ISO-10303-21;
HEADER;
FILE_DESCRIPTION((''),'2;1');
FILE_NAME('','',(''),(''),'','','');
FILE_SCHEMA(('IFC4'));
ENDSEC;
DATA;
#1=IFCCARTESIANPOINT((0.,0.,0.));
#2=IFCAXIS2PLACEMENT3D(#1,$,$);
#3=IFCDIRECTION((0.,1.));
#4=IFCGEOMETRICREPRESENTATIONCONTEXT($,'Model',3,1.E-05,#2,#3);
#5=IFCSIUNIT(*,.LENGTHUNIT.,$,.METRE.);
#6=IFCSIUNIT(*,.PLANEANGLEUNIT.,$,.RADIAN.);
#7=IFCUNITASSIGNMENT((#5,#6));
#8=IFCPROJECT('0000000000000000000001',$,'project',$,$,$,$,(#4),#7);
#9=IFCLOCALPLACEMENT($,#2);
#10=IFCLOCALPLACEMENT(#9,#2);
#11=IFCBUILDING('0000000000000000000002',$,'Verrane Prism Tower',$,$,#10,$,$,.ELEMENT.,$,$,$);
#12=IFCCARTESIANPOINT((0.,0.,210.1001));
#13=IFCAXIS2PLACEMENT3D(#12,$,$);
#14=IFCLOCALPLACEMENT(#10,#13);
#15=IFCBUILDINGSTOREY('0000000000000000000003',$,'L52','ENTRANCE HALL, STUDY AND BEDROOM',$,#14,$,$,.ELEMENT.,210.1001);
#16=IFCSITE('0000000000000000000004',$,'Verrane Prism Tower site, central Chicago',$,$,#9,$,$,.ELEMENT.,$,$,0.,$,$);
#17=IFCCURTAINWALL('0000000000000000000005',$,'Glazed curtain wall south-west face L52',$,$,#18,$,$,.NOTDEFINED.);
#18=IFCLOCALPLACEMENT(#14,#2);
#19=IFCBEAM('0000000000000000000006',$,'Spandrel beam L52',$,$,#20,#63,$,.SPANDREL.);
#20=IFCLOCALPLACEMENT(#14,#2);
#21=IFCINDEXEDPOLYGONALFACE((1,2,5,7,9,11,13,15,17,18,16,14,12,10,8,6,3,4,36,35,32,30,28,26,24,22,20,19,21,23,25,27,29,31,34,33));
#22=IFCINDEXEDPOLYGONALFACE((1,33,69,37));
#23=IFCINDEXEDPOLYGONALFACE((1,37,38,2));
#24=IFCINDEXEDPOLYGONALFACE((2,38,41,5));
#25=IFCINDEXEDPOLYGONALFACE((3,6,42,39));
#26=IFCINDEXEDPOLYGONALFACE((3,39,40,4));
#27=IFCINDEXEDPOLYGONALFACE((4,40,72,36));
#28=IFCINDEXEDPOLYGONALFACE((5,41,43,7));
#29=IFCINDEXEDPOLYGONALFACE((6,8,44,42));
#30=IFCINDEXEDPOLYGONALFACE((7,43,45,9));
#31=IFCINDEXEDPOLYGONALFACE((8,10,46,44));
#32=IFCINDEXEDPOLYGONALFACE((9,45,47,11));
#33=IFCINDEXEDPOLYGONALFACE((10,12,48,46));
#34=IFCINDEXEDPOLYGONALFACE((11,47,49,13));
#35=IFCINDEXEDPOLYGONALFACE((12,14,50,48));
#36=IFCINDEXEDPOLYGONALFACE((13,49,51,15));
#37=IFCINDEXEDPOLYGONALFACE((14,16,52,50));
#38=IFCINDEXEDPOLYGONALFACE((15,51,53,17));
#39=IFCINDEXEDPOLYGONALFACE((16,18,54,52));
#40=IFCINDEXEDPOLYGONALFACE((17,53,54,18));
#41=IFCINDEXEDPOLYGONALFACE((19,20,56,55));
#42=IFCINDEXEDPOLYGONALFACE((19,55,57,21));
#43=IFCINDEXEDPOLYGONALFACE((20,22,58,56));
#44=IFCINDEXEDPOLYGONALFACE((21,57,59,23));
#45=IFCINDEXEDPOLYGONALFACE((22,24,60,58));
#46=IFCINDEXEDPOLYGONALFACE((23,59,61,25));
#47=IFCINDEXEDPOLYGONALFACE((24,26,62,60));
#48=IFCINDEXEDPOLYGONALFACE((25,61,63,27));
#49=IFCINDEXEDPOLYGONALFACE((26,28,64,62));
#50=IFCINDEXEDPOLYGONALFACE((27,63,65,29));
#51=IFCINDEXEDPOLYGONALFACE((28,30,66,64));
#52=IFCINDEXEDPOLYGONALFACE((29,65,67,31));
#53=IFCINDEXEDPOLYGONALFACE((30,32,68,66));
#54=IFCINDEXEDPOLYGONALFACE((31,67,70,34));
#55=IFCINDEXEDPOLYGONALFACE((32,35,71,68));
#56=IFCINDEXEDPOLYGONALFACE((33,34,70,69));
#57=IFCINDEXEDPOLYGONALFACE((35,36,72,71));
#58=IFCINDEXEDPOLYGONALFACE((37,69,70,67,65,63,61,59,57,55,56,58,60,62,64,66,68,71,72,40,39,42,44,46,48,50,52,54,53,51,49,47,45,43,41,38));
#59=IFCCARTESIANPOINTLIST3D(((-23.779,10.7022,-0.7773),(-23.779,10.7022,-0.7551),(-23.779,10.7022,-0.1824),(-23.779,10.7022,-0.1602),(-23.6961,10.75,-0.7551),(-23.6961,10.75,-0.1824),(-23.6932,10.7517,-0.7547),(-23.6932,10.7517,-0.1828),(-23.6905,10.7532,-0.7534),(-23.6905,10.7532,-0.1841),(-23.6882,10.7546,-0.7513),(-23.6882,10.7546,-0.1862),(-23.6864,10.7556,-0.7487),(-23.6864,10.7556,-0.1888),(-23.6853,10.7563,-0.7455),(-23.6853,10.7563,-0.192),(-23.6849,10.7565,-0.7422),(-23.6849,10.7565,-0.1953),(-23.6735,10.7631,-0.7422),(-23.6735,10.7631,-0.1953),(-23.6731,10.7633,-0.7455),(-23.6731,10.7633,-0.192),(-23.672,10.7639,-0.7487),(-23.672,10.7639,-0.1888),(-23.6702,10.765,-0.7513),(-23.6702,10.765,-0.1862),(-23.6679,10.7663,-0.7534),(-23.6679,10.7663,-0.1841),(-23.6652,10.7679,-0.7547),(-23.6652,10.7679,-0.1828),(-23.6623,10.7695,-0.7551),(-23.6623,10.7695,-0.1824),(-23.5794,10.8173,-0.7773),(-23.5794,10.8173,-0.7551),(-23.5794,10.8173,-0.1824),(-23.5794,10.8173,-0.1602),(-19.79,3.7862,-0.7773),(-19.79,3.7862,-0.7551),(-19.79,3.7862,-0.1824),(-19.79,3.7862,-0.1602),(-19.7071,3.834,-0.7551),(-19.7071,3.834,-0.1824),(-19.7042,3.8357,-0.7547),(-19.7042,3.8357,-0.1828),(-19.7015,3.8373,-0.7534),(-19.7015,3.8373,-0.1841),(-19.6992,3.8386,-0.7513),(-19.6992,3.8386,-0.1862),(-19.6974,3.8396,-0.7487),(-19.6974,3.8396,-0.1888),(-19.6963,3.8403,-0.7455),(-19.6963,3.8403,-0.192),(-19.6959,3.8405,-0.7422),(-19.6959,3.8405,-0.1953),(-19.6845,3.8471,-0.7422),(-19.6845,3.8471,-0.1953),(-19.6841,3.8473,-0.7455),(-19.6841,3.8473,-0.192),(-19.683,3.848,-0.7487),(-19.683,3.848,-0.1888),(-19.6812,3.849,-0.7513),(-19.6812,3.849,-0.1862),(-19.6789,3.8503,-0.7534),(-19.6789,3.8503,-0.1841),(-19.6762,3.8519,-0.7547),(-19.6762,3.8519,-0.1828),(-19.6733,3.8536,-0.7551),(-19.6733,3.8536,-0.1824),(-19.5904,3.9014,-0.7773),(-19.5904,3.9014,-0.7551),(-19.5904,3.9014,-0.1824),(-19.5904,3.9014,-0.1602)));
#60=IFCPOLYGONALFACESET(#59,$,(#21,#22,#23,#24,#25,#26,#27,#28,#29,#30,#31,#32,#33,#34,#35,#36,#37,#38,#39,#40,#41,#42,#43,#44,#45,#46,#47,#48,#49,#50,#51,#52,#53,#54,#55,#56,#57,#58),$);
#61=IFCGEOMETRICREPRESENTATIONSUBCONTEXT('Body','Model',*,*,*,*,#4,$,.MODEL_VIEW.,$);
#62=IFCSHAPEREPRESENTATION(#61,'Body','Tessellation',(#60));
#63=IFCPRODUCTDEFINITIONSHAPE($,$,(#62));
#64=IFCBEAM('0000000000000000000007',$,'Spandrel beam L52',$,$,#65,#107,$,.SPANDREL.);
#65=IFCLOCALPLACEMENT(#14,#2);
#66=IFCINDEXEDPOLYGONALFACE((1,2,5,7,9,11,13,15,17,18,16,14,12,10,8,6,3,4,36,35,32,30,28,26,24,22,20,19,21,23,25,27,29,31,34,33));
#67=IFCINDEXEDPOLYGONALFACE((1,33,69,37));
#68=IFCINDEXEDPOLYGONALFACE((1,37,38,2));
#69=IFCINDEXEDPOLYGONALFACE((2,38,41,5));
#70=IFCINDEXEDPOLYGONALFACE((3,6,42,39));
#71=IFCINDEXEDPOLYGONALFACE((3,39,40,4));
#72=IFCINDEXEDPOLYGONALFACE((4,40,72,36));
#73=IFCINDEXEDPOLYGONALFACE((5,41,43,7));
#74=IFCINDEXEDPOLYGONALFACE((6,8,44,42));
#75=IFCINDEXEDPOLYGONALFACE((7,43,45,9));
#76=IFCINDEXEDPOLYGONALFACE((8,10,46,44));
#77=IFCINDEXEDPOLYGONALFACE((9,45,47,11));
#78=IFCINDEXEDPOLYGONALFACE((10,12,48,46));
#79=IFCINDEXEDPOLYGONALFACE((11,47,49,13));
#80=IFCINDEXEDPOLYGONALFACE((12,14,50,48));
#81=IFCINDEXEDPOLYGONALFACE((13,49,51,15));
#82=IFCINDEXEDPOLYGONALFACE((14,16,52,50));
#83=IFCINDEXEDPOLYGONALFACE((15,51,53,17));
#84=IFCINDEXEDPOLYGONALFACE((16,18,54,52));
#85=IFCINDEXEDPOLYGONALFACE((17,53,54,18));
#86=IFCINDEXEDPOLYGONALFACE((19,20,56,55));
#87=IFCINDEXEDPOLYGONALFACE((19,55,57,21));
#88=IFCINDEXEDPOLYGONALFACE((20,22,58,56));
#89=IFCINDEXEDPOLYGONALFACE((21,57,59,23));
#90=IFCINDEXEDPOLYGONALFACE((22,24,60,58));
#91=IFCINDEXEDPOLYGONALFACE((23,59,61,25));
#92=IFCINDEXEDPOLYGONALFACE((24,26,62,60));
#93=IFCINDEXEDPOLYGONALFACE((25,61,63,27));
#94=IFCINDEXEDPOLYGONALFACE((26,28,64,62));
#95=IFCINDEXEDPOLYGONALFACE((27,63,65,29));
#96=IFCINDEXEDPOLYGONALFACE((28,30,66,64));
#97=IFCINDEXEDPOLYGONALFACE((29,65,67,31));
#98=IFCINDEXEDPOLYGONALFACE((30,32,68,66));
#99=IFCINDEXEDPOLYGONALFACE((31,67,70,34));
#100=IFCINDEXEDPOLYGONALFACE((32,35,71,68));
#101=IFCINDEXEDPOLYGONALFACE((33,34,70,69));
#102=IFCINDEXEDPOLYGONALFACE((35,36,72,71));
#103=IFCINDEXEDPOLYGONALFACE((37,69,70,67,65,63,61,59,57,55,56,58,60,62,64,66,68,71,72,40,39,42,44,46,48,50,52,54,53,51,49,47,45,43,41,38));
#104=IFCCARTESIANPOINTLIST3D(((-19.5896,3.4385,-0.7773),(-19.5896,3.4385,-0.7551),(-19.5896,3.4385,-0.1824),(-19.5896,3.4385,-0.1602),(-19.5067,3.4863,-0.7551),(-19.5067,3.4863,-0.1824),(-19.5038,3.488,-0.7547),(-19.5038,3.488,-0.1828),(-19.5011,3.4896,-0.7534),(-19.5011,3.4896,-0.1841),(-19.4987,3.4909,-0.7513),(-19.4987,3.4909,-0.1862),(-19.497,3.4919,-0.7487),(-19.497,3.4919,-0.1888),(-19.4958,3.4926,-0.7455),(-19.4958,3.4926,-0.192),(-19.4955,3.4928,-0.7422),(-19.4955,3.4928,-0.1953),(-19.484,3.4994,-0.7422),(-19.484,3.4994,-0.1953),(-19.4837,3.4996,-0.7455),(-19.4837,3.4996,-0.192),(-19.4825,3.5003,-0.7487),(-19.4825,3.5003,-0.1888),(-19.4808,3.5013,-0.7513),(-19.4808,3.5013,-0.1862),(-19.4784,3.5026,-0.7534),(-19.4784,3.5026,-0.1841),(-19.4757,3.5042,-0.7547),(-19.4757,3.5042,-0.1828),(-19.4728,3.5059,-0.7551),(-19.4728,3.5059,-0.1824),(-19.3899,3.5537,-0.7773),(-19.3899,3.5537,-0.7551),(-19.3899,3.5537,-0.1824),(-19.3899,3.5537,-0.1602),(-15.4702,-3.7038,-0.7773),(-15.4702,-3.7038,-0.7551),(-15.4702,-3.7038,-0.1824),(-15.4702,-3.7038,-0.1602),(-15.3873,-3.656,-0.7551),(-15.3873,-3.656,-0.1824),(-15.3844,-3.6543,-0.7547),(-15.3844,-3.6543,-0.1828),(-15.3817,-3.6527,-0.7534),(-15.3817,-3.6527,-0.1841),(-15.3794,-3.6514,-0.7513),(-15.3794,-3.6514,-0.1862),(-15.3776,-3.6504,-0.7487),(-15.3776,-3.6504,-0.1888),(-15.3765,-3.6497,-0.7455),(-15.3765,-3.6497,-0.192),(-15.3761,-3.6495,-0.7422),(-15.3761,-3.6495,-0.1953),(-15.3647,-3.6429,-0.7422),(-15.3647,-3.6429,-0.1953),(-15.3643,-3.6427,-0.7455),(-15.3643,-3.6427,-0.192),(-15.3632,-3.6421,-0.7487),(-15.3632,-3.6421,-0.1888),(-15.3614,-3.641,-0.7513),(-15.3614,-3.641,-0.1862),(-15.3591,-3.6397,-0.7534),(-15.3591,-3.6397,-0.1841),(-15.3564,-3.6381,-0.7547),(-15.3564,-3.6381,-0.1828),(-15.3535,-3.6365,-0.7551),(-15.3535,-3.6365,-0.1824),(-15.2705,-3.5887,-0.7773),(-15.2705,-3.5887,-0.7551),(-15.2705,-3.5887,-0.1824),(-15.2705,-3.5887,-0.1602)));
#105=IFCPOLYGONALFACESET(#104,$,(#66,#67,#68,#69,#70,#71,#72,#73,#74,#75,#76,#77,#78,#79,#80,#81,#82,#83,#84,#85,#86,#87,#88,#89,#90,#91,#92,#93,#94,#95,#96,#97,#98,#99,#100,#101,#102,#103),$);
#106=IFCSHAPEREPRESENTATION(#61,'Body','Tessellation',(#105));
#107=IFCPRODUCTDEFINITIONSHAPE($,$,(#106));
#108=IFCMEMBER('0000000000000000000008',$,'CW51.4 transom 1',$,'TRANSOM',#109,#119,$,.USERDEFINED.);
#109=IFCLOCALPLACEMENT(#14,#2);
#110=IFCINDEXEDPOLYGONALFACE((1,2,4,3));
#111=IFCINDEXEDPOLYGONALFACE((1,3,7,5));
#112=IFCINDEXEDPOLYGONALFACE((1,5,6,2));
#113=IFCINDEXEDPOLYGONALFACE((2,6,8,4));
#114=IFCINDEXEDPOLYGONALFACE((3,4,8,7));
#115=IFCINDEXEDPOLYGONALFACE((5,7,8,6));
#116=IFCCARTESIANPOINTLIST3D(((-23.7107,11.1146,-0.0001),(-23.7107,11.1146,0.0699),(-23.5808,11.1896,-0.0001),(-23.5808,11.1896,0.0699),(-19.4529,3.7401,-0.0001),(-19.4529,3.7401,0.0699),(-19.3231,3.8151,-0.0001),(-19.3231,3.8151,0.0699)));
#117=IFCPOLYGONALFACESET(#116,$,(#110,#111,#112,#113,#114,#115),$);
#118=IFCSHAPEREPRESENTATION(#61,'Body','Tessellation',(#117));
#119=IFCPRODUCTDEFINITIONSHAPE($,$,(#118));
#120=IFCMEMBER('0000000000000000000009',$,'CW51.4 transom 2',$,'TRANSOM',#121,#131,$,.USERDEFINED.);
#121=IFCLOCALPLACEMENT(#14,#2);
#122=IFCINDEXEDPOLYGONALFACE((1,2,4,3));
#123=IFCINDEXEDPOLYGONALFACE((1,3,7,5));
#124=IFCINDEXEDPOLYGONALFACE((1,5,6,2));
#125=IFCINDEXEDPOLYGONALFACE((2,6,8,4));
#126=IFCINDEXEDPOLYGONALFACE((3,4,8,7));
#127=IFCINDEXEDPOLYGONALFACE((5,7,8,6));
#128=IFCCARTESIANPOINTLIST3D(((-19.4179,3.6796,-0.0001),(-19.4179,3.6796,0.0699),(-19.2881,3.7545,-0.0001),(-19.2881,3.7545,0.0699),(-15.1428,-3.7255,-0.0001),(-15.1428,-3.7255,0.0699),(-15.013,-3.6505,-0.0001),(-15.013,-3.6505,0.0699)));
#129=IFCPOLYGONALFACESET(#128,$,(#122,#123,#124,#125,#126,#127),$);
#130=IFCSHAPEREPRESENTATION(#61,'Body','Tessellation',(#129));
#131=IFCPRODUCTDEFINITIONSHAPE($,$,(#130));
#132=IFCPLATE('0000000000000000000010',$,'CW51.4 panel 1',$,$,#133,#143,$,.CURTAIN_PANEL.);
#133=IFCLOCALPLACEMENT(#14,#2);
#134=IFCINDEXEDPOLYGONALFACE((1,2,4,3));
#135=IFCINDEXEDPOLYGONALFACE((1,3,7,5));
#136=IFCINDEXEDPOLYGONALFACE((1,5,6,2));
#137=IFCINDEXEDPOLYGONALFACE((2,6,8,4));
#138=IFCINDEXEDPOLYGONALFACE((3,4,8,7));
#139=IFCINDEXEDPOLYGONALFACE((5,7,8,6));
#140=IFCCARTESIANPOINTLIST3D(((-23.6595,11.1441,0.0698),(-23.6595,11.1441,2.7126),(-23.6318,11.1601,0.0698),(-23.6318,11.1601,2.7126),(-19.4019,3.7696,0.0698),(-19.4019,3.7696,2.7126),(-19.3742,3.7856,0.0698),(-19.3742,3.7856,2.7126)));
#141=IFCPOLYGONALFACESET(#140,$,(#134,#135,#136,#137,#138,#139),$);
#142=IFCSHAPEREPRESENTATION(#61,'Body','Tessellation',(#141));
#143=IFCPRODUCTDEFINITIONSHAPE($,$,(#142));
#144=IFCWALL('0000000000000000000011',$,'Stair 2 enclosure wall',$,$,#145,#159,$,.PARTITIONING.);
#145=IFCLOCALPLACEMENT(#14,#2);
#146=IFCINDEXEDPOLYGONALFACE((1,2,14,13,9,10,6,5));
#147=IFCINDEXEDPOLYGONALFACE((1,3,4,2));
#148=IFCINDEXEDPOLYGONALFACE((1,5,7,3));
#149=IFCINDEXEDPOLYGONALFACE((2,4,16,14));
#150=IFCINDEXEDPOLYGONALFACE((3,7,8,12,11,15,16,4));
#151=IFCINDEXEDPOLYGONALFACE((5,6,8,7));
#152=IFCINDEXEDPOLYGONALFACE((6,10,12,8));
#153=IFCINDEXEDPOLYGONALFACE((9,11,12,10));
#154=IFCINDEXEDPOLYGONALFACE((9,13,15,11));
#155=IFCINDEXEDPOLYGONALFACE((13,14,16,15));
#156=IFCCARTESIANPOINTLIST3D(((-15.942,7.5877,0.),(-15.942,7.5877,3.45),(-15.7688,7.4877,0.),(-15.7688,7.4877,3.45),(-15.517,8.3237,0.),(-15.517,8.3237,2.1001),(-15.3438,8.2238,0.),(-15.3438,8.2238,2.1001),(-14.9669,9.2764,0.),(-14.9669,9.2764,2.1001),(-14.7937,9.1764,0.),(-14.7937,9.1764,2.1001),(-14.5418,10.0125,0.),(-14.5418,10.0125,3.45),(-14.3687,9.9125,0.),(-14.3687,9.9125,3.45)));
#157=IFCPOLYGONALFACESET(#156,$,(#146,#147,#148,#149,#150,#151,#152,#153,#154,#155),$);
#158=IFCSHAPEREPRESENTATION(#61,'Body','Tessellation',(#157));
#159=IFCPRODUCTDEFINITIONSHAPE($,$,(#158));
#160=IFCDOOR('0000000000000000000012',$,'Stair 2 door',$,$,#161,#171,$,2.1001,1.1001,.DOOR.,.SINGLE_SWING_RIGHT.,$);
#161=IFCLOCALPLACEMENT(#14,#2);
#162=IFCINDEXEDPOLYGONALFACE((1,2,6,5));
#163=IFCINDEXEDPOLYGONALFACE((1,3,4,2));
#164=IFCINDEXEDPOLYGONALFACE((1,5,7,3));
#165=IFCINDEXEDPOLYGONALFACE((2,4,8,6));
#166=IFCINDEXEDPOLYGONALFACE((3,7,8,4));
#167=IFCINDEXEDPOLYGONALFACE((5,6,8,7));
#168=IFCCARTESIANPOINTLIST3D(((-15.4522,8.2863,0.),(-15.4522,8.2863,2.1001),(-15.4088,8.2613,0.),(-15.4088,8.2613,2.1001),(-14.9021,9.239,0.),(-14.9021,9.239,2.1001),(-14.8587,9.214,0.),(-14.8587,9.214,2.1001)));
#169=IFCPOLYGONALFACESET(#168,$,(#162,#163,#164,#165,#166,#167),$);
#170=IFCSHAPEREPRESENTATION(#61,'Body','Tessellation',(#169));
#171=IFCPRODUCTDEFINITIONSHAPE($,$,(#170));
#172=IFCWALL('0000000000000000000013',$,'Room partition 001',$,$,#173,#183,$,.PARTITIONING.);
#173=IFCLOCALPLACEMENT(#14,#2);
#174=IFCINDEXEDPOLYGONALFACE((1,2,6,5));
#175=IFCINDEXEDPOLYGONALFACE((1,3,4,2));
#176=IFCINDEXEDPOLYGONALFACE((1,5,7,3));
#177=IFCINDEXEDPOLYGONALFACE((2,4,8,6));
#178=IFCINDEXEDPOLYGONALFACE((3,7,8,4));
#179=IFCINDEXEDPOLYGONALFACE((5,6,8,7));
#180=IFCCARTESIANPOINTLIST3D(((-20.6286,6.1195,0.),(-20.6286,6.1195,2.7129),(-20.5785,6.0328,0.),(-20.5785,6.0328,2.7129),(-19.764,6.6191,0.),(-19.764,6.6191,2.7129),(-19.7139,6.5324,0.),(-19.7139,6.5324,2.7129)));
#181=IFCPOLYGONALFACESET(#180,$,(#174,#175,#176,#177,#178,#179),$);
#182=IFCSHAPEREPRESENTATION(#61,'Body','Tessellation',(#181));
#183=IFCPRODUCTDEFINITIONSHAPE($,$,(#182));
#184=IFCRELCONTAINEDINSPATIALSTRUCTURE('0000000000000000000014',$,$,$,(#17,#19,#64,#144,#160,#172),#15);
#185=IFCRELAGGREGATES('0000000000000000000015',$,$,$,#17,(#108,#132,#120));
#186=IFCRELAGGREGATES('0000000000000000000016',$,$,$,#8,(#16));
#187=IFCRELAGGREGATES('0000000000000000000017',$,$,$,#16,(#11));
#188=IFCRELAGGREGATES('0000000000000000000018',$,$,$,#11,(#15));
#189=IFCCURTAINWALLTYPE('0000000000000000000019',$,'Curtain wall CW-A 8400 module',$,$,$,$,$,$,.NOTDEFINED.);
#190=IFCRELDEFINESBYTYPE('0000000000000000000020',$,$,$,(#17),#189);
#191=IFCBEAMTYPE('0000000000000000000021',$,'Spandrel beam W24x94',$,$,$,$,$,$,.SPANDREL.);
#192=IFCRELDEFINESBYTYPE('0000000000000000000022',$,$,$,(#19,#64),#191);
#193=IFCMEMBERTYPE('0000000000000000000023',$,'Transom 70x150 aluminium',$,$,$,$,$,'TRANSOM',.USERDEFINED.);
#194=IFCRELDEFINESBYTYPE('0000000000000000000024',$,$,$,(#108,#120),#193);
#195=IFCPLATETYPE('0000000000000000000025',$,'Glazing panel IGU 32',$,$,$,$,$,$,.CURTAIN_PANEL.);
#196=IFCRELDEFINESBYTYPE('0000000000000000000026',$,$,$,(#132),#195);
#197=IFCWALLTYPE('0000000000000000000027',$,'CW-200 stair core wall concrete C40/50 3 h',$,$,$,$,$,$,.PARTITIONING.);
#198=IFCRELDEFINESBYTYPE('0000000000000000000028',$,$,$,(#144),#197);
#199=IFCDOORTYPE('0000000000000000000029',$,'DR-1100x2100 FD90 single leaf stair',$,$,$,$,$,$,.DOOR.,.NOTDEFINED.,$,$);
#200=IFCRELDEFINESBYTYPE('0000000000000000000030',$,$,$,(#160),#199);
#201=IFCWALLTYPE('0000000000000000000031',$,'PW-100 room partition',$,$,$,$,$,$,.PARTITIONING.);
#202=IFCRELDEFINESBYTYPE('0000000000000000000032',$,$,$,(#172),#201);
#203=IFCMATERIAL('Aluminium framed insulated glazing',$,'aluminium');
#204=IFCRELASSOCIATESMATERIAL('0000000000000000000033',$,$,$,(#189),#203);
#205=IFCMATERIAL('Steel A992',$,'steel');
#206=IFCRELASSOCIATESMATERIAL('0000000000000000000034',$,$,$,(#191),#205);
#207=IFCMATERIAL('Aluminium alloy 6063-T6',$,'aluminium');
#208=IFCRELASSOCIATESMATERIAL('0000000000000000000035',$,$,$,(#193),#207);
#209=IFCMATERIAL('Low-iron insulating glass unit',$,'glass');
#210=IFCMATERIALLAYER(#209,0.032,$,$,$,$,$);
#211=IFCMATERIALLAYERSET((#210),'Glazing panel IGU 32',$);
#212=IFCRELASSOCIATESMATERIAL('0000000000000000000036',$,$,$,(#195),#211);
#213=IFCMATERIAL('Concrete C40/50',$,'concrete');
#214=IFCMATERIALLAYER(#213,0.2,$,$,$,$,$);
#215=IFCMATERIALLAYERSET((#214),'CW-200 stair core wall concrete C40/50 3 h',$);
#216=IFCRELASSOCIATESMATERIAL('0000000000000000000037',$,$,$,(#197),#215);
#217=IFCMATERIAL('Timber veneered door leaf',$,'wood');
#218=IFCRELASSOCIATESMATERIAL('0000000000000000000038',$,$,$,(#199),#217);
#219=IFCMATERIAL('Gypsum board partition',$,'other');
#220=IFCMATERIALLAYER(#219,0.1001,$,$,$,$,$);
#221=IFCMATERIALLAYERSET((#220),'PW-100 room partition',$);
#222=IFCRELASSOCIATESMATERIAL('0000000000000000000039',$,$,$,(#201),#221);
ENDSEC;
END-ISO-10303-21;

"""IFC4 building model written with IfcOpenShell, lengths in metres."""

from ifc_helpers import new_model, si_unit, direction, frame, frame_2d, origin, origin_2d, place, context, subcontext, project, spatial, rectangle, i_section, extrude, material, layer, layer_set, material_profile, profile_set, type_object, element, fill, aggregate, save


model = new_model("IFC4")

# Units and contexts
model_context = context("Model", 3, precision=1e-05, world=origin(), true_north=direction((0.0, 1.0)))
body_context = subcontext(model_context, "Body", "Model", "MODEL_VIEW")
ifc_project = project(units=[si_unit("LENGTHUNIT", "METRE"), si_unit("PLANEANGLEUNIT", "RADIAN")], contexts=[model_context])

# Site, building, storey
site_placement = place(None, origin())
site = spatial("IfcSite", under=ifc_project, at=site_placement, Name="Verrane Prism Tower site, central Chicago", CompositionType="ELEMENT", RefElevation=0.0)
building_placement = place(site_placement, origin())
building = spatial("IfcBuilding", under=site, at=building_placement, Name="Verrane Prism Tower", CompositionType="ELEMENT")
storey_placement = place(building_placement, frame((0.0, 0.0, 210.1001)))
storey = spatial("IfcBuildingStorey", under=building, at=storey_placement, Name="L52", Description="ENTRANCE HALL, STUDY AND BEDROOM", CompositionType="ELEMENT", Elevation=210.1001)

# Curtain wall
ifc_material_1 = material(Name="Aluminium framed insulated glazing", Category="aluminium")
curtain_wall_type = type_object("IfcCurtainWallType", Name="Curtain wall CW-A 8400 module", PredefinedType="NOTDEFINED", material=ifc_material_1)
curtain_wall_placement = place(storey_placement, origin())
curtain_wall = element("IfcCurtainWall", 1, at=curtain_wall_placement, inside=storey, type_object=curtain_wall_type, Name="Glazed curtain wall south-west face L52", PredefinedType="NOTDEFINED")

# Beams
ifc_material_2 = material(Name="Steel A992", Category="steel")
ifc_material_profile_1 = material_profile(ifc_material_2, i_section(OverallWidth=0.2305, OverallDepth=0.6172, WebThickness=0.0132, FlangeThickness=0.0222, FilletRadius=0.0129, at=origin_2d()), Name="W24x94")
ifc_profile_set_1 = profile_set([ifc_material_profile_1], Name="Steel A992")
beam_type_1 = type_object("IfcBeamType", Name="Spandrel beam W24x94", PredefinedType="SPANDREL", material=ifc_profile_set_1)
beam_1_placement = place(storey_placement, frame((-23.6792, 10.7598, -0.4688), z_axis=(0.499629, -0.86624, 0.0), x_axis=(0.86624, 0.499629, 0.0)))
element("IfcBeam", 2, at=beam_1_placement, inside=storey, type_object=beam_type_1, Name="Spandrel beam L52", PredefinedType="SPANDREL", context=body_context, shape_type="SweptSolid", body=[
    extrude(i_section(OverallWidth=0.2305, OverallDepth=0.6172, WebThickness=0.0132, FlangeThickness=0.0222, FilletRadius=0.0129, at=origin_2d()), origin(), (0.0, 0.0, 1.0), 7.9839),
])
beam_2_placement = place(storey_placement, frame((-19.4897, 3.4961, -0.4688), z_axis=(0.499614, -0.866248, 0.0), x_axis=(0.866248, 0.499614, 0.0)))
element("IfcBeam", 3, at=beam_2_placement, inside=storey, type_object=beam_type_1, Name="Spandrel beam L52", PredefinedType="SPANDREL", context=body_context, shape_type="SweptSolid", body=[
    extrude(i_section(OverallWidth=0.2305, OverallDepth=0.6172, WebThickness=0.0132, FlangeThickness=0.0222, FilletRadius=0.0129, at=origin_2d()), origin(), (0.0, 0.0, 1.0), 8.2451),
])

# Members
ifc_material_3 = material(Name="Aluminium alloy 6063-T6", Category="aluminium")
ifc_material_profile_2 = material_profile(ifc_material_3, rectangle(XDim=0.1499, YDim=0.0701, at=origin_2d()), Name="Transom 70x150 aluminium")
ifc_profile_set_2 = profile_set([ifc_material_profile_2], Name="Aluminium alloy 6063-T6")
member_type_1 = type_object("IfcMemberType", Name="Transom 70x150 aluminium", ElementType="TRANSOM", PredefinedType="USERDEFINED", material=ifc_profile_set_2)
member_1_placement = place(storey_placement, frame((-23.6458, 11.1521, 0.0349), z_axis=(0.500012, -0.866018, 0.0), x_axis=(0.866018, 0.500012, 0.0)))
member_1 = element("IfcMember", 4, at=member_1_placement, type_object=member_type_1, Name="CW51.4 transom 1", ObjectType="TRANSOM", PredefinedType="USERDEFINED", context=body_context, shape_type="SweptSolid", body=[
    extrude(rectangle(XDim=0.1499, YDim=0.0701, at=origin_2d()), origin(), (0.0, 0.0, 1.0), 8.5154),
])
member_2_placement = place(storey_placement, frame((-19.353, 3.717, 0.0349), z_axis=(0.499987, -0.866033, 0.0), x_axis=(0.866033, 0.499987, 0.0)))
member_2 = element("IfcMember", 5, at=member_2_placement, type_object=member_type_1, Name="CW51.4 transom 2", ObjectType="TRANSOM", PredefinedType="USERDEFINED", context=body_context, shape_type="SweptSolid", body=[
    extrude(rectangle(XDim=0.1499, YDim=0.0701, at=origin_2d()), origin(), (0.0, 0.0, 1.0), 8.5505),
])

# Plate
ifc_material_4 = material(Name="Low-iron insulating glass unit", Category="glass")
ifc_layer_1 = layer(ifc_material_4, 0.032)
ifc_layer_set_1 = layer_set([ifc_layer_1], Name="Glazing panel IGU 32")
plate_type = type_object("IfcPlateType", Name="Glazing panel IGU 32", PredefinedType="CURTAIN_PANEL", material=ifc_layer_set_1)
plate_placement = place(storey_placement, frame((-21.5168, 7.4648, 0.0698), z_axis=(0.0, 0.0, 1.0), x_axis=(0.499999, -0.866026, 0.0)))
plate = element("IfcPlate", 6, at=plate_placement, type_object=plate_type, Name="CW51.4 panel 1", PredefinedType="CURTAIN_PANEL", context=body_context, shape_type="SweptSolid", body=[
    extrude(rectangle(XDim=8.5154, YDim=0.032, at=origin_2d()), origin(), (0.0, 0.0, 1.0), 2.6428),
])
aggregate(curtain_wall, [member_1, plate, member_2])

# Wall, opening, door
ifc_material_5 = material(Name="Concrete C40/50", Category="concrete")
ifc_layer_2 = layer(ifc_material_5, 0.2)
ifc_layer_set_2 = layer_set([ifc_layer_2], Name="CW-200 stair core wall concrete C40/50 3 h")
wall_type_1 = type_object("IfcWallType", Name="CW-200 stair core wall concrete C40/50 3 h", PredefinedType="PARTITIONING", material=ifc_layer_set_2)
wall_1_placement = place(storey_placement, frame((-14.4553, 9.9624, 0.0), z_axis=(0.0, 0.0, 1.0), x_axis=(-0.50005, -0.865997, 0.0)))
wall_1 = element("IfcWall", 7, at=wall_1_placement, inside=storey, type_object=wall_type_1, Name="Stair 2 enclosure wall", PredefinedType="PARTITIONING", context=body_context, shape_type="SweptSolid", body=[
    extrude(rectangle(XDim=2.8, YDim=0.2, at=frame_2d((1.3999, 0.0))), origin(), (0.0, 0.0, 1.0), 3.45),
])
opening_1_placement = place(wall_1_placement, frame((0.8499, 0.0, 0.0)))
opening_1 = element("IfcOpeningElement", 8, at=opening_1_placement, cuts=wall_1, PredefinedType="OPENING", context=body_context, shape_type="SweptSolid", body=[
    extrude(rectangle(XDim=1.1001, YDim=2.1001, at=frame_2d((0.55, 1.05))), frame((0.0, 0.1099, 0.0), z_axis=(0.0, -1.0, 0.0), x_axis=(1.0, 0.0, 0.0)), (0.0, 0.0, 1.0), 0.22),
])
ifc_material_6 = material(Name="Timber veneered door leaf", Category="wood")
door_type_1 = type_object("IfcDoorType", Name="DR-1100x2100 FD90 single leaf stair", OperationType="NOTDEFINED", PredefinedType="DOOR", material=ifc_material_6)
door_1_placement = place(opening_1_placement, origin())
door_1 = element("IfcDoor", 9, at=door_1_placement, inside=storey, type_object=door_type_1, Name="Stair 2 door", OperationType="SINGLE_SWING_RIGHT", OverallHeight=2.1001, OverallWidth=1.1001, PredefinedType="DOOR", context=body_context, shape_type="SweptSolid", body=[
    extrude(rectangle(XDim=1.1001, YDim=2.1001, at=frame_2d((0.55, 1.05))), frame((0.0, 0.0249, 0.0), z_axis=(0.0, -1.0, 0.0), x_axis=(1.0, 0.0, 0.0)), (0.0, 0.0, 1.0), 0.05),
])
fill(opening_1, door_1)

# Wall
ifc_material_7 = material(Name="Gypsum board partition", Category="other")
ifc_layer_3 = layer(ifc_material_7, 0.1001)
ifc_layer_set_3 = layer_set([ifc_layer_3], Name="PW-100 room partition")
wall_type_2 = type_object("IfcWallType", Name="PW-100 room partition", PredefinedType="PARTITIONING", material=ifc_layer_set_3)
wall_2_placement = place(storey_placement, frame((-20.6035, 6.0762, 0.0), z_axis=(0.0, 0.0, 1.0), x_axis=(0.865856, 0.500294, 0.0)))
element("IfcWall", 10, at=wall_2_placement, inside=storey, type_object=wall_type_2, Name="Room partition 001", PredefinedType="PARTITIONING", context=body_context, shape_type="SweptSolid", body=[
    extrude(rectangle(XDim=0.9985, YDim=0.1001, at=frame_2d((0.4993, 0.0))), origin(), (0.0, 0.0, 1.0), 2.7129),
])

save(model, "model.ifc")
